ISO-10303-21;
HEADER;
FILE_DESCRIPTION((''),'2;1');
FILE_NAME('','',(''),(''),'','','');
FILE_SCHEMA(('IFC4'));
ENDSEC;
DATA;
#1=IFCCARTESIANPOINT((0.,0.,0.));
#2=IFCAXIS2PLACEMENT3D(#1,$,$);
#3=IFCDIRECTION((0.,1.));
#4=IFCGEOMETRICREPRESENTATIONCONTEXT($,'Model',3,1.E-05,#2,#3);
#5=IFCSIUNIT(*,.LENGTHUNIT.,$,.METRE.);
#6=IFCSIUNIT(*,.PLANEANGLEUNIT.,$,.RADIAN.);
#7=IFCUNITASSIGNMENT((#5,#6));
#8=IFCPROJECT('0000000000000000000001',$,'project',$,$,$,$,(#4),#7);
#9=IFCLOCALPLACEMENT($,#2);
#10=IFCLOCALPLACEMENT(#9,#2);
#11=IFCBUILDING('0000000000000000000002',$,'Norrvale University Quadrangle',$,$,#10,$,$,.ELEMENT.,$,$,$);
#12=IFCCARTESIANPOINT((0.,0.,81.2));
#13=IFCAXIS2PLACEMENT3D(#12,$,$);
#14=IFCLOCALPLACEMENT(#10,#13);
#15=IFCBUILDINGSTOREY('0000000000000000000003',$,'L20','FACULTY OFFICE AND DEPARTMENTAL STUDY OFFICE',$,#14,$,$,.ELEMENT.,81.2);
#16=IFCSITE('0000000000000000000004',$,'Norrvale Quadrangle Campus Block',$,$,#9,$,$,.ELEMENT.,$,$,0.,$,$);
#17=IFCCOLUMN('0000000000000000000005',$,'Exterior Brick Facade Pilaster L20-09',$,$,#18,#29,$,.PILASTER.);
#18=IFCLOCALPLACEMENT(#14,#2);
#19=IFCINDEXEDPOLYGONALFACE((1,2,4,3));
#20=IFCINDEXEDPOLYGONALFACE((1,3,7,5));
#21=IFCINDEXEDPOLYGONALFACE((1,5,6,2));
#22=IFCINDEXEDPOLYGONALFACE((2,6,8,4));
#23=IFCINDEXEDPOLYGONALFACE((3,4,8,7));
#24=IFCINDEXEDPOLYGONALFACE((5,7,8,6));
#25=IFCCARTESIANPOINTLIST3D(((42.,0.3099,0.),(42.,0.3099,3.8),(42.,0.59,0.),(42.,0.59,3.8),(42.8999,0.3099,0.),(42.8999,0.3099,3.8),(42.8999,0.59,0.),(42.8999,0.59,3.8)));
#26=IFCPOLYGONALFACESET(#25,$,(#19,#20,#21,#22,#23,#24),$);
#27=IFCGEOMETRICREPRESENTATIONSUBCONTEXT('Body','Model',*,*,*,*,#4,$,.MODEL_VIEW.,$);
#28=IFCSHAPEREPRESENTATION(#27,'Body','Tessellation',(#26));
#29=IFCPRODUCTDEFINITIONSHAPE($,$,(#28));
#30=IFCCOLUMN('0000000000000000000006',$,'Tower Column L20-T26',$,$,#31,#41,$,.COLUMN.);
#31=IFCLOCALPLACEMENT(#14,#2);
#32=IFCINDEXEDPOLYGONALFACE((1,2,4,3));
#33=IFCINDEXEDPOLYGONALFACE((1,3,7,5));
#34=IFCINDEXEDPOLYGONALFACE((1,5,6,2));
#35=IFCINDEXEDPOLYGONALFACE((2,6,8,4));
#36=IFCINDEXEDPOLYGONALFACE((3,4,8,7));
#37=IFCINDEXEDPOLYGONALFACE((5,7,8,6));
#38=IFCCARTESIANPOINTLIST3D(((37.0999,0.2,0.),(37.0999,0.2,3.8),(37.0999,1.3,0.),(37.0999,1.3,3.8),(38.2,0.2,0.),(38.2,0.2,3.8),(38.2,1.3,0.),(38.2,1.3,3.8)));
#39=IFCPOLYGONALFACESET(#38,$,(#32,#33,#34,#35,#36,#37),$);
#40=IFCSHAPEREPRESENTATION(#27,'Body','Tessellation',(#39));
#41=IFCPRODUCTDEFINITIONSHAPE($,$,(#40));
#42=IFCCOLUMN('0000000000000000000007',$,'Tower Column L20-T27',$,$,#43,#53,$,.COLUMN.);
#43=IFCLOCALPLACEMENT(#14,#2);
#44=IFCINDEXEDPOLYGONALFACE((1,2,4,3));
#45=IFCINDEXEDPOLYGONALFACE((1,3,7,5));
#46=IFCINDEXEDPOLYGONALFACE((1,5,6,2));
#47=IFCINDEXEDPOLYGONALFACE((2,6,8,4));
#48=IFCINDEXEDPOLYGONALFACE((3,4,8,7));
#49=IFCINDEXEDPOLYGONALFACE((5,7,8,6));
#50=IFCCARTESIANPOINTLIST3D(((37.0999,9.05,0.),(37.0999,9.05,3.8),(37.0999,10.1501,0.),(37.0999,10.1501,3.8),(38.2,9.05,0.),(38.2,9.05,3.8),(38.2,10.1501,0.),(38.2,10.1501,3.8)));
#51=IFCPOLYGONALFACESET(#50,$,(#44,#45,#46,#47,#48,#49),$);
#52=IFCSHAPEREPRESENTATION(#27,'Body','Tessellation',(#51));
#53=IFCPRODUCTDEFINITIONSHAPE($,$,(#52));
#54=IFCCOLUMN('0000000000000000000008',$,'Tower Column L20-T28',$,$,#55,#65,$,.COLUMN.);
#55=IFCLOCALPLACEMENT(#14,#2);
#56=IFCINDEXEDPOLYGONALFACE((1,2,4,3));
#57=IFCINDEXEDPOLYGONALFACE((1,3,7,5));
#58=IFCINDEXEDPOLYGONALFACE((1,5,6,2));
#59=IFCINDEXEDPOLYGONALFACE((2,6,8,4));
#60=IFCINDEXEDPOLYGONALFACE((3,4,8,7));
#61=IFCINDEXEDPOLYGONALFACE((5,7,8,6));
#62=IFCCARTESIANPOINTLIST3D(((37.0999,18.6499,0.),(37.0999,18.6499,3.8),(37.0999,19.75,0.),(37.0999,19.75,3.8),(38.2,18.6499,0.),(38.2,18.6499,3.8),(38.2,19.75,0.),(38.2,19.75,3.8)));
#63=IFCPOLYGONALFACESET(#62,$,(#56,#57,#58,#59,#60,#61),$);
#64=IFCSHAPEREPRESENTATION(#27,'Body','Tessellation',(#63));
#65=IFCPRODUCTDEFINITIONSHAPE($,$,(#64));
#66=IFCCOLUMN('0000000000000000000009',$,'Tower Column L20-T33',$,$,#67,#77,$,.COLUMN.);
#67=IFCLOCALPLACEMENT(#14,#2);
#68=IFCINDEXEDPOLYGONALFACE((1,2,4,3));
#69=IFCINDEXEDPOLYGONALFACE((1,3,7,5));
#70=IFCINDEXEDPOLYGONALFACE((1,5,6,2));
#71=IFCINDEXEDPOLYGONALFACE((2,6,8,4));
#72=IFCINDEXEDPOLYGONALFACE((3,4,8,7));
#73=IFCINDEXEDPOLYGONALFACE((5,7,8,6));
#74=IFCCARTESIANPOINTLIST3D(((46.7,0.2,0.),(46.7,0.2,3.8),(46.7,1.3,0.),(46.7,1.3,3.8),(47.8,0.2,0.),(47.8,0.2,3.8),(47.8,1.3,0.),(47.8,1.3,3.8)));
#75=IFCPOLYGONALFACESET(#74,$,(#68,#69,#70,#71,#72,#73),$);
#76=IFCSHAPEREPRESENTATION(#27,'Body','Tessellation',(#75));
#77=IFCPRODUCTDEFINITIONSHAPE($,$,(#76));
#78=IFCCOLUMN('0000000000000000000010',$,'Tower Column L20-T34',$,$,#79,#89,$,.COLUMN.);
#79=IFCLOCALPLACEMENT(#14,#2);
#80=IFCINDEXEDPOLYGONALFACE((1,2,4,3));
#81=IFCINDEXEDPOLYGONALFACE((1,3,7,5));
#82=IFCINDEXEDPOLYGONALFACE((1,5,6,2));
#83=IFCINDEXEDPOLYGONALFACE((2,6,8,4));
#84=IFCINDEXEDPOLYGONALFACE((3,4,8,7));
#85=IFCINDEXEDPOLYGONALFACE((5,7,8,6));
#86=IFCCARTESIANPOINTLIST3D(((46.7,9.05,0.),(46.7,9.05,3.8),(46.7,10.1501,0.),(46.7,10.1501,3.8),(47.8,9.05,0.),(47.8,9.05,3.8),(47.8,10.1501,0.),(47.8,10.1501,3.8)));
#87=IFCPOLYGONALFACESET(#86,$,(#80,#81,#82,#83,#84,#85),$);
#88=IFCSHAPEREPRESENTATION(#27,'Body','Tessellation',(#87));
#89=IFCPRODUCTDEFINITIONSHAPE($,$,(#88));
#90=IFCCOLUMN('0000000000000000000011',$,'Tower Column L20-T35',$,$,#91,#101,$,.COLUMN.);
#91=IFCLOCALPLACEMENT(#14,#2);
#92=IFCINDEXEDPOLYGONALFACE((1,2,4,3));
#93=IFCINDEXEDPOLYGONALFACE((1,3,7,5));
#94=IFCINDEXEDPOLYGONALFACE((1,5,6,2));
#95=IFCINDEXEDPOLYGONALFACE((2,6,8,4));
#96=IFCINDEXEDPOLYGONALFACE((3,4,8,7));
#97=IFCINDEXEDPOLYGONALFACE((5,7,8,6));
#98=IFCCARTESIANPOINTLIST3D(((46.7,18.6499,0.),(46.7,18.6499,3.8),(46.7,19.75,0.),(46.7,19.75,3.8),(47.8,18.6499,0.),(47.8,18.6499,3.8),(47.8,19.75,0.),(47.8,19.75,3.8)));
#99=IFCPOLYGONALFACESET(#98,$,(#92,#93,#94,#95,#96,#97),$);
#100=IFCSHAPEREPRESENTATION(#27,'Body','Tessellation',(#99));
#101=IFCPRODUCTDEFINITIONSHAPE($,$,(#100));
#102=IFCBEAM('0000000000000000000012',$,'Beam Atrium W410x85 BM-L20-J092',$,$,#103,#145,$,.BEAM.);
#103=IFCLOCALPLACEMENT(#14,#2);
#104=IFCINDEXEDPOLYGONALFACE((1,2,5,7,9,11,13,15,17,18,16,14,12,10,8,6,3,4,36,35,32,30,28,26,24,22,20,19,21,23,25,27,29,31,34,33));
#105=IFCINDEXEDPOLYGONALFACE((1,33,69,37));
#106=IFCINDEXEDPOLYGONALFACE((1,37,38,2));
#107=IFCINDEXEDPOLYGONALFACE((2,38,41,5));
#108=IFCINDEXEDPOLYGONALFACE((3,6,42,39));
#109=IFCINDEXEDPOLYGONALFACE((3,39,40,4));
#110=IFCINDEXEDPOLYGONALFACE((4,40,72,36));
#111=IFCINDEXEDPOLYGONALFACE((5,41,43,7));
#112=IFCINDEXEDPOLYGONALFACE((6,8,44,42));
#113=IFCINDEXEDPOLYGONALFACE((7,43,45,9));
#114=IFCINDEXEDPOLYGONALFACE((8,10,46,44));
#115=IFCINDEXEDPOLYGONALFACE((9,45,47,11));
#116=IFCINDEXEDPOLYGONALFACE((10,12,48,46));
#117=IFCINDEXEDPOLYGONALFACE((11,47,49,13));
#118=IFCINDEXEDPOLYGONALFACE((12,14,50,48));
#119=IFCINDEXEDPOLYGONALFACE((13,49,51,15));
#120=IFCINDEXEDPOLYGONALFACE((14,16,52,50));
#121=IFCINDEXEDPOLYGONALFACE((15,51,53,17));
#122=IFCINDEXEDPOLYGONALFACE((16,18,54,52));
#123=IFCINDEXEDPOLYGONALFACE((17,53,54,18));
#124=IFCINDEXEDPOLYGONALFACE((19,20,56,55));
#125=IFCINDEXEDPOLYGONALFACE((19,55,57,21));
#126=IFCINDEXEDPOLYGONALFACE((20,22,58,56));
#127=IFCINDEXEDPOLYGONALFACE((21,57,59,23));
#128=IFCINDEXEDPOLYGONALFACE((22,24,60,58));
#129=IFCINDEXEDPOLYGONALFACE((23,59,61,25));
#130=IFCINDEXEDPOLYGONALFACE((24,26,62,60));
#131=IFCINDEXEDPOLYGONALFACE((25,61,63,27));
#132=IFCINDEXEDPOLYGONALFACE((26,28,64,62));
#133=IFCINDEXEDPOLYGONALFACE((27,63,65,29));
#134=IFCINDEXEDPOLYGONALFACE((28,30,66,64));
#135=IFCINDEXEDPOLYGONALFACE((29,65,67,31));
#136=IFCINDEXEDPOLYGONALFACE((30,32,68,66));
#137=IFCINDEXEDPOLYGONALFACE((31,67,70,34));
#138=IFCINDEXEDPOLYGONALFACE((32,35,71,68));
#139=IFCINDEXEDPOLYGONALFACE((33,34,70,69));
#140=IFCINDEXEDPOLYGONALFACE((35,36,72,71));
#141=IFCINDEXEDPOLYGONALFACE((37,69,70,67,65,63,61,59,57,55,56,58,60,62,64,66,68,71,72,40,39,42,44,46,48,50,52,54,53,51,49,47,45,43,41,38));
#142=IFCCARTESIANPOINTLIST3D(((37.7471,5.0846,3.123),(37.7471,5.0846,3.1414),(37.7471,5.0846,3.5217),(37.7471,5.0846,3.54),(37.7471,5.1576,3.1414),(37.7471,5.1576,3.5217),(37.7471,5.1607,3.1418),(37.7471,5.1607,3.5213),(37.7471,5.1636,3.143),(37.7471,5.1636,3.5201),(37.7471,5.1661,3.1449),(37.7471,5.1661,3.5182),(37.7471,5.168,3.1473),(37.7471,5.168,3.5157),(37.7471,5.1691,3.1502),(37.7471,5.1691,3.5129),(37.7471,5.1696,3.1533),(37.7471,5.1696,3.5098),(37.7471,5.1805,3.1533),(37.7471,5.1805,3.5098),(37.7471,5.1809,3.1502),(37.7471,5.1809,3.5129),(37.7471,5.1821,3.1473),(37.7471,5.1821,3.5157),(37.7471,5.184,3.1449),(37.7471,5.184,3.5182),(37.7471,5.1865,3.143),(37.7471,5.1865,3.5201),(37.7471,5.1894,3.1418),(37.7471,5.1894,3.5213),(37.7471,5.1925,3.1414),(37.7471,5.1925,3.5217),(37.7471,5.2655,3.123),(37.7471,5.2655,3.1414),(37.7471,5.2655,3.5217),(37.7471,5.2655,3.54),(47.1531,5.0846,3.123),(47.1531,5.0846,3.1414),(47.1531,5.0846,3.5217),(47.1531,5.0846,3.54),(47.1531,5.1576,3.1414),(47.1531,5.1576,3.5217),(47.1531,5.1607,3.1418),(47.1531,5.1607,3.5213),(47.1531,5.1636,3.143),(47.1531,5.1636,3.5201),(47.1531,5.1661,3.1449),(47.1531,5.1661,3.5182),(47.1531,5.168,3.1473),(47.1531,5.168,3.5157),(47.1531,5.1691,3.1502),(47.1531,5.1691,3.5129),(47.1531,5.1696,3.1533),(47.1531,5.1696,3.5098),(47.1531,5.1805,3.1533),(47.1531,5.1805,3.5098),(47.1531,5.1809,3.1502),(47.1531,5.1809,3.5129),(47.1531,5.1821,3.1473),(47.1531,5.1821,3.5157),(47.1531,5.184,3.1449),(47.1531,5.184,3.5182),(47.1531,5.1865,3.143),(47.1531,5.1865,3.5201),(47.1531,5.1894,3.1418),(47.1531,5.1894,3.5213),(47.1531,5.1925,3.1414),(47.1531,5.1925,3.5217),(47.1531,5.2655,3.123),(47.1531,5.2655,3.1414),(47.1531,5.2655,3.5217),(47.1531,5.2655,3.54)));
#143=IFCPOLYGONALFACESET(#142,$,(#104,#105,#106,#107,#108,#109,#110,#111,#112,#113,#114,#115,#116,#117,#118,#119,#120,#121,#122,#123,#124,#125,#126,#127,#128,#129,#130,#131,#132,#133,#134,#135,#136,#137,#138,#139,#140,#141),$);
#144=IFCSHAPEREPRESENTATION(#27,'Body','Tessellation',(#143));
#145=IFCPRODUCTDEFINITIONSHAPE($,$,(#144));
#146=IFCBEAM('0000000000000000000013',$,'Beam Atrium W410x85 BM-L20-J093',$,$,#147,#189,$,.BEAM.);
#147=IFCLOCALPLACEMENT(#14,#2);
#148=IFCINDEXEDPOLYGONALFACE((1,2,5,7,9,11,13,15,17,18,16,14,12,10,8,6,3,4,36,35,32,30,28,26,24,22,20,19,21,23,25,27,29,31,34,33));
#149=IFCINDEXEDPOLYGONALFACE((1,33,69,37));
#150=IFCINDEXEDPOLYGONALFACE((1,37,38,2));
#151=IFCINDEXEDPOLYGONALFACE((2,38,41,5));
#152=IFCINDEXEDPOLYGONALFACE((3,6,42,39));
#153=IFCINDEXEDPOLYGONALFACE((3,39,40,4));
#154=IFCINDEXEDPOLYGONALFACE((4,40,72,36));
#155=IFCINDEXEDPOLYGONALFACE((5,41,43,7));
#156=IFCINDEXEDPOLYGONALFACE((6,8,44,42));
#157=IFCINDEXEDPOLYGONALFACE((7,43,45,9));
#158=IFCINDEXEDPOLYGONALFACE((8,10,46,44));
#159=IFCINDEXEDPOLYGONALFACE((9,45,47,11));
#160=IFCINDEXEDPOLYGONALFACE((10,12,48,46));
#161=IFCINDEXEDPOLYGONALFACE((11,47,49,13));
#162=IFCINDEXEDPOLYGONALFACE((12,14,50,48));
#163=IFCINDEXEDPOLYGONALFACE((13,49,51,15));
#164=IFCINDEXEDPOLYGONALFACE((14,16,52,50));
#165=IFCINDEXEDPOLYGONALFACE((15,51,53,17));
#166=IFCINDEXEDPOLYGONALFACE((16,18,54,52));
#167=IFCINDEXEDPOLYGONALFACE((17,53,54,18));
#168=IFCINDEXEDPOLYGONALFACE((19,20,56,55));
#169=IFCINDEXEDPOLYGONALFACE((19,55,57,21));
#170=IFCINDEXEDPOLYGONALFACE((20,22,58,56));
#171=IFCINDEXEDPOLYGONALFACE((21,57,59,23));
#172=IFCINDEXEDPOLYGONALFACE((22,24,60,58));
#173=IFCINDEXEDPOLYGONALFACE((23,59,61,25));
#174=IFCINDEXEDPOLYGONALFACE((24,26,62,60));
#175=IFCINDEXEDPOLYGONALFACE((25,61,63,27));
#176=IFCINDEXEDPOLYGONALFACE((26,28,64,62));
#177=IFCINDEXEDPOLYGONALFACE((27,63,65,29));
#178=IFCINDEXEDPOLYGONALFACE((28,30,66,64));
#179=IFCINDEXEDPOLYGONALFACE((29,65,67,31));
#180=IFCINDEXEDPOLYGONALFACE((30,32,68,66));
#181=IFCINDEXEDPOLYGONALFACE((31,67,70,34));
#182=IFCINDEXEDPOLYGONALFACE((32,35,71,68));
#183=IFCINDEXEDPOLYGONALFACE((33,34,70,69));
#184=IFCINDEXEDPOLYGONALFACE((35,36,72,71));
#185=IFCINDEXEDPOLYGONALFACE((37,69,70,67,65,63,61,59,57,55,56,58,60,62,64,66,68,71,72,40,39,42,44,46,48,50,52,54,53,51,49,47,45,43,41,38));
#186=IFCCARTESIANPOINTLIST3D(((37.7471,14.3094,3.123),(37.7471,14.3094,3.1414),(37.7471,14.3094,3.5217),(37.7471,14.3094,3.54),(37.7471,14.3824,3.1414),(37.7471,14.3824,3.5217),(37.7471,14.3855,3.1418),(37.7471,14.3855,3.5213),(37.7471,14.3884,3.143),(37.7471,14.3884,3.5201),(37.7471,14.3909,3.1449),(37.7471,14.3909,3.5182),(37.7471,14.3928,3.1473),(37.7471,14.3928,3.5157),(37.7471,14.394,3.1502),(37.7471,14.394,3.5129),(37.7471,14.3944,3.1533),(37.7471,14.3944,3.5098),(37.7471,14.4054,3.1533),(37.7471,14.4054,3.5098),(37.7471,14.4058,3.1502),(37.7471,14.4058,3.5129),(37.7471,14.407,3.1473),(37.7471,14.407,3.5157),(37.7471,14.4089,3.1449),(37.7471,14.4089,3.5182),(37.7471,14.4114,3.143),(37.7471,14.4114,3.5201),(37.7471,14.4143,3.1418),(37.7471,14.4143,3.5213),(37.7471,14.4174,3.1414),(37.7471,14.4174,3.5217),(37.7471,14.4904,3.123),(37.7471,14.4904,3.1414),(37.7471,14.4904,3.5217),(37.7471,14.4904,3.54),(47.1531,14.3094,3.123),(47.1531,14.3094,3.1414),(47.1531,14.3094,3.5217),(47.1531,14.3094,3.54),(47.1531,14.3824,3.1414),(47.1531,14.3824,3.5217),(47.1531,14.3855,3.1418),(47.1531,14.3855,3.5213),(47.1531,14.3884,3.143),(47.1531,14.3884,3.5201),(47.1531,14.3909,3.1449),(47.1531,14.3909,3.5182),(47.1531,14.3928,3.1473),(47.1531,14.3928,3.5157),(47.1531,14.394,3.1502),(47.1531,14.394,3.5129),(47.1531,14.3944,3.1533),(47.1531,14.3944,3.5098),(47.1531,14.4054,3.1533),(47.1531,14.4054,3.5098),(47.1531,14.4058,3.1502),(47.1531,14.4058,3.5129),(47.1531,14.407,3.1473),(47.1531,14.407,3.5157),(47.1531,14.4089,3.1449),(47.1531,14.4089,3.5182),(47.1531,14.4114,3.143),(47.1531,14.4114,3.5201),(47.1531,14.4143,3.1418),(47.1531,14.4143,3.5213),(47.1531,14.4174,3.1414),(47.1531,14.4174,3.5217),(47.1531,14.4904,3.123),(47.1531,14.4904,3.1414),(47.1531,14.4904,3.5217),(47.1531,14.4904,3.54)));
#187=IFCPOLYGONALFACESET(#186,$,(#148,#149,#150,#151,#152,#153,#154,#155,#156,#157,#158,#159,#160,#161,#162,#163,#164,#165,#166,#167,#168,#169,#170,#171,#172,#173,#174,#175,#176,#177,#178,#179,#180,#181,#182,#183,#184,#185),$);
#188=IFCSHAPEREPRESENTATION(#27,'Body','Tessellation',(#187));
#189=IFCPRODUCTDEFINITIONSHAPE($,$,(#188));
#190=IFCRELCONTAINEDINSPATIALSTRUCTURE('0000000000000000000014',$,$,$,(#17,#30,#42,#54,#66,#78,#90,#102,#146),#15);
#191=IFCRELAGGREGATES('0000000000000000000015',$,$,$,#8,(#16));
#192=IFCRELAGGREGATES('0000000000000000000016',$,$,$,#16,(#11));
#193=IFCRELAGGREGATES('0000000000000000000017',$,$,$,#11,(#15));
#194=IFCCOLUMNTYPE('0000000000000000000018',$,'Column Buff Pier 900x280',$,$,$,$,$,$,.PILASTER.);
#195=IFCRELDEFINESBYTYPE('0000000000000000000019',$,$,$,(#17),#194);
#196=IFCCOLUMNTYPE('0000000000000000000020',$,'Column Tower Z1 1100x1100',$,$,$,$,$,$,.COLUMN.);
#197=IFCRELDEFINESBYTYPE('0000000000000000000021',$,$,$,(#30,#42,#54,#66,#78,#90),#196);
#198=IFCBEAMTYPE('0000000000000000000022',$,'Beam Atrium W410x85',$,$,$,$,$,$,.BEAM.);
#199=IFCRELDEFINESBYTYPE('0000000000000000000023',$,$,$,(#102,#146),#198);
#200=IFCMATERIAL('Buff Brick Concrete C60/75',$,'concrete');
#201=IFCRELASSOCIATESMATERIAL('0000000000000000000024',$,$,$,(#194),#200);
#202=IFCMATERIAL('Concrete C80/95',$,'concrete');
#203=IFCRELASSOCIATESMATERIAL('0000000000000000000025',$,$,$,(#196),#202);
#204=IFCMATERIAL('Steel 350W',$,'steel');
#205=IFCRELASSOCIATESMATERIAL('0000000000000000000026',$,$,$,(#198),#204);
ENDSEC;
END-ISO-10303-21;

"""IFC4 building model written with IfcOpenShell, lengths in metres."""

from ifc_helpers import new_model, si_unit, direction, frame, origin, origin_2d, place, context, subcontext, project, spatial, rectangle, i_section, extrude, material, material_profile, profile_set, type_object, element, save


model = new_model("IFC4")

# Units and contexts
model_context = context("Model", 3, precision=1e-05, world=origin(), true_north=direction((0.0, 1.0)))
body_context = subcontext(model_context, "Body", "Model", "MODEL_VIEW")
ifc_project = project(units=[si_unit("LENGTHUNIT", "METRE"), si_unit("PLANEANGLEUNIT", "RADIAN")], contexts=[model_context])

# Site, building, storey
site_placement = place(None, origin())
site = spatial("IfcSite", under=ifc_project, at=site_placement, Name="Norrvale Quadrangle Campus Block", CompositionType="ELEMENT", RefElevation=0.0)
building_placement = place(site_placement, origin())
building = spatial("IfcBuilding", under=site, at=building_placement, Name="Norrvale University Quadrangle", CompositionType="ELEMENT")
storey_placement = place(building_placement, frame((0.0, 0.0, 81.2)))
storey = spatial("IfcBuildingStorey", under=building, at=storey_placement, Name="L20", Description="FACULTY OFFICE AND DEPARTMENTAL STUDY OFFICE", CompositionType="ELEMENT", Elevation=81.2)

# Columns
ifc_material_1 = material(Name="Buff Brick Concrete C60/75", Category="concrete")
ifc_material_profile_1 = material_profile(ifc_material_1, rectangle(XDim=0.8999, YDim=0.28, at=origin_2d()), Name="Buff Brick Concrete C60/75")
ifc_profile_set_1 = profile_set([ifc_material_profile_1], Name="Buff Brick Concrete C60/75")
column_type_1 = type_object("IfcColumnType", Name="Column Buff Pier 900x280", PredefinedType="PILASTER", material=ifc_profile_set_1)
column_placement = place(storey_placement, frame((42.45, 0.45, 0.0), z_axis=(0.0, 0.0, 1.0), x_axis=(1.0, 0.0, 0.0)))
element("IfcColumn", 1, at=column_placement, inside=storey, type_object=column_type_1, Name="Exterior Brick Facade Pilaster L20-09", PredefinedType="PILASTER", context=body_context, shape_type="SweptSolid", body=[
    extrude(rectangle(XDim=0.8999, YDim=0.28, at=origin_2d()), origin(), (0.0, 0.0, 1.0), 3.8),
])
ifc_material_2 = material(Name="Concrete C80/95", Category="concrete")
ifc_material_profile_2 = material_profile(ifc_material_2, rectangle(XDim=1.1001, YDim=1.1001, at=origin_2d()), Name="Concrete C80/95")
ifc_profile_set_2 = profile_set([ifc_material_profile_2], Name="Concrete C80/95")
column_type_2 = type_object("IfcColumnType", Name="Column Tower Z1 1100x1100", PredefinedType="COLUMN", material=ifc_profile_set_2)
for number, where, z_axis, x_axis, name in (
    (2, (37.6499, 0.75, 0.0), (0.0, 0.0, 1.0), (1.0, 0.0, 0.0), "Tower Column L20-T26"),
    (3, (37.6499, 9.6001, 0.0), (0.0, 0.0, 1.0), (1.0, 0.0, 0.0), "Tower Column L20-T27"),
    (4, (37.6499, 19.2, 0.0), (0.0, 0.0, 1.0), (1.0, 0.0, 0.0), "Tower Column L20-T28"),
    (5, (47.25, 0.75, 0.0), (0.0, 0.0, 1.0), (1.0, 0.0, 0.0), "Tower Column L20-T33"),
    (6, (47.25, 9.6001, 0.0), (0.0, 0.0, 1.0), (1.0, 0.0, 0.0), "Tower Column L20-T34"),
    (7, (47.25, 19.2, 0.0), (0.0, 0.0, 1.0), (1.0, 0.0, 0.0), "Tower Column L20-T35"),
):
    element("IfcColumn", number, at=place(storey_placement, frame(where, z_axis=z_axis, x_axis=x_axis)), inside=storey, type_object=column_type_2, Name=name, PredefinedType="COLUMN", context=body_context, shape_type="SweptSolid", body=[
        extrude(rectangle(XDim=1.1001, YDim=1.1001, at=origin_2d()), origin(), (0.0, 0.0, 1.0), 3.8),
    ])

# Beams
ifc_material_3 = material(Name="Steel 350W", Category="steel")
ifc_material_profile_3 = material_profile(ifc_material_3, i_section(OverallWidth=0.1809, OverallDepth=0.417, WebThickness=0.011, FlangeThickness=0.0183, FilletRadius=0.012, at=origin_2d()), Name="Steel 350W")
ifc_profile_set_3 = profile_set([ifc_material_profile_3], Name="Steel 350W")
beam_type_1 = type_object("IfcBeamType", Name="Beam Atrium W410x85", PredefinedType="BEAM", material=ifc_profile_set_3)
for number, where, z_axis, x_axis, name in (
    (8, (37.7471, 5.175, 3.3315), (1.0, 0.0, 0.0), (0.0, 1.0, 0.0), "Beam Atrium W410x85 BM-L20-J092"),
    (9, (37.7471, 14.3999, 3.3315), (1.0, 0.0, 0.0), (0.0, 1.0, 0.0), "Beam Atrium W410x85 BM-L20-J093"),
):
    element("IfcBeam", number, at=place(storey_placement, frame(where, z_axis=z_axis, x_axis=x_axis)), inside=storey, type_object=beam_type_1, Name=name, PredefinedType="BEAM", context=body_context, shape_type="SweptSolid", body=[
        extrude(i_section(OverallWidth=0.1809, OverallDepth=0.417, WebThickness=0.011, FlangeThickness=0.0183, FilletRadius=0.012, at=origin_2d()), origin(), (0.0, 0.0, 1.0), 9.406),
    ])

save(model, "model.ifc")
